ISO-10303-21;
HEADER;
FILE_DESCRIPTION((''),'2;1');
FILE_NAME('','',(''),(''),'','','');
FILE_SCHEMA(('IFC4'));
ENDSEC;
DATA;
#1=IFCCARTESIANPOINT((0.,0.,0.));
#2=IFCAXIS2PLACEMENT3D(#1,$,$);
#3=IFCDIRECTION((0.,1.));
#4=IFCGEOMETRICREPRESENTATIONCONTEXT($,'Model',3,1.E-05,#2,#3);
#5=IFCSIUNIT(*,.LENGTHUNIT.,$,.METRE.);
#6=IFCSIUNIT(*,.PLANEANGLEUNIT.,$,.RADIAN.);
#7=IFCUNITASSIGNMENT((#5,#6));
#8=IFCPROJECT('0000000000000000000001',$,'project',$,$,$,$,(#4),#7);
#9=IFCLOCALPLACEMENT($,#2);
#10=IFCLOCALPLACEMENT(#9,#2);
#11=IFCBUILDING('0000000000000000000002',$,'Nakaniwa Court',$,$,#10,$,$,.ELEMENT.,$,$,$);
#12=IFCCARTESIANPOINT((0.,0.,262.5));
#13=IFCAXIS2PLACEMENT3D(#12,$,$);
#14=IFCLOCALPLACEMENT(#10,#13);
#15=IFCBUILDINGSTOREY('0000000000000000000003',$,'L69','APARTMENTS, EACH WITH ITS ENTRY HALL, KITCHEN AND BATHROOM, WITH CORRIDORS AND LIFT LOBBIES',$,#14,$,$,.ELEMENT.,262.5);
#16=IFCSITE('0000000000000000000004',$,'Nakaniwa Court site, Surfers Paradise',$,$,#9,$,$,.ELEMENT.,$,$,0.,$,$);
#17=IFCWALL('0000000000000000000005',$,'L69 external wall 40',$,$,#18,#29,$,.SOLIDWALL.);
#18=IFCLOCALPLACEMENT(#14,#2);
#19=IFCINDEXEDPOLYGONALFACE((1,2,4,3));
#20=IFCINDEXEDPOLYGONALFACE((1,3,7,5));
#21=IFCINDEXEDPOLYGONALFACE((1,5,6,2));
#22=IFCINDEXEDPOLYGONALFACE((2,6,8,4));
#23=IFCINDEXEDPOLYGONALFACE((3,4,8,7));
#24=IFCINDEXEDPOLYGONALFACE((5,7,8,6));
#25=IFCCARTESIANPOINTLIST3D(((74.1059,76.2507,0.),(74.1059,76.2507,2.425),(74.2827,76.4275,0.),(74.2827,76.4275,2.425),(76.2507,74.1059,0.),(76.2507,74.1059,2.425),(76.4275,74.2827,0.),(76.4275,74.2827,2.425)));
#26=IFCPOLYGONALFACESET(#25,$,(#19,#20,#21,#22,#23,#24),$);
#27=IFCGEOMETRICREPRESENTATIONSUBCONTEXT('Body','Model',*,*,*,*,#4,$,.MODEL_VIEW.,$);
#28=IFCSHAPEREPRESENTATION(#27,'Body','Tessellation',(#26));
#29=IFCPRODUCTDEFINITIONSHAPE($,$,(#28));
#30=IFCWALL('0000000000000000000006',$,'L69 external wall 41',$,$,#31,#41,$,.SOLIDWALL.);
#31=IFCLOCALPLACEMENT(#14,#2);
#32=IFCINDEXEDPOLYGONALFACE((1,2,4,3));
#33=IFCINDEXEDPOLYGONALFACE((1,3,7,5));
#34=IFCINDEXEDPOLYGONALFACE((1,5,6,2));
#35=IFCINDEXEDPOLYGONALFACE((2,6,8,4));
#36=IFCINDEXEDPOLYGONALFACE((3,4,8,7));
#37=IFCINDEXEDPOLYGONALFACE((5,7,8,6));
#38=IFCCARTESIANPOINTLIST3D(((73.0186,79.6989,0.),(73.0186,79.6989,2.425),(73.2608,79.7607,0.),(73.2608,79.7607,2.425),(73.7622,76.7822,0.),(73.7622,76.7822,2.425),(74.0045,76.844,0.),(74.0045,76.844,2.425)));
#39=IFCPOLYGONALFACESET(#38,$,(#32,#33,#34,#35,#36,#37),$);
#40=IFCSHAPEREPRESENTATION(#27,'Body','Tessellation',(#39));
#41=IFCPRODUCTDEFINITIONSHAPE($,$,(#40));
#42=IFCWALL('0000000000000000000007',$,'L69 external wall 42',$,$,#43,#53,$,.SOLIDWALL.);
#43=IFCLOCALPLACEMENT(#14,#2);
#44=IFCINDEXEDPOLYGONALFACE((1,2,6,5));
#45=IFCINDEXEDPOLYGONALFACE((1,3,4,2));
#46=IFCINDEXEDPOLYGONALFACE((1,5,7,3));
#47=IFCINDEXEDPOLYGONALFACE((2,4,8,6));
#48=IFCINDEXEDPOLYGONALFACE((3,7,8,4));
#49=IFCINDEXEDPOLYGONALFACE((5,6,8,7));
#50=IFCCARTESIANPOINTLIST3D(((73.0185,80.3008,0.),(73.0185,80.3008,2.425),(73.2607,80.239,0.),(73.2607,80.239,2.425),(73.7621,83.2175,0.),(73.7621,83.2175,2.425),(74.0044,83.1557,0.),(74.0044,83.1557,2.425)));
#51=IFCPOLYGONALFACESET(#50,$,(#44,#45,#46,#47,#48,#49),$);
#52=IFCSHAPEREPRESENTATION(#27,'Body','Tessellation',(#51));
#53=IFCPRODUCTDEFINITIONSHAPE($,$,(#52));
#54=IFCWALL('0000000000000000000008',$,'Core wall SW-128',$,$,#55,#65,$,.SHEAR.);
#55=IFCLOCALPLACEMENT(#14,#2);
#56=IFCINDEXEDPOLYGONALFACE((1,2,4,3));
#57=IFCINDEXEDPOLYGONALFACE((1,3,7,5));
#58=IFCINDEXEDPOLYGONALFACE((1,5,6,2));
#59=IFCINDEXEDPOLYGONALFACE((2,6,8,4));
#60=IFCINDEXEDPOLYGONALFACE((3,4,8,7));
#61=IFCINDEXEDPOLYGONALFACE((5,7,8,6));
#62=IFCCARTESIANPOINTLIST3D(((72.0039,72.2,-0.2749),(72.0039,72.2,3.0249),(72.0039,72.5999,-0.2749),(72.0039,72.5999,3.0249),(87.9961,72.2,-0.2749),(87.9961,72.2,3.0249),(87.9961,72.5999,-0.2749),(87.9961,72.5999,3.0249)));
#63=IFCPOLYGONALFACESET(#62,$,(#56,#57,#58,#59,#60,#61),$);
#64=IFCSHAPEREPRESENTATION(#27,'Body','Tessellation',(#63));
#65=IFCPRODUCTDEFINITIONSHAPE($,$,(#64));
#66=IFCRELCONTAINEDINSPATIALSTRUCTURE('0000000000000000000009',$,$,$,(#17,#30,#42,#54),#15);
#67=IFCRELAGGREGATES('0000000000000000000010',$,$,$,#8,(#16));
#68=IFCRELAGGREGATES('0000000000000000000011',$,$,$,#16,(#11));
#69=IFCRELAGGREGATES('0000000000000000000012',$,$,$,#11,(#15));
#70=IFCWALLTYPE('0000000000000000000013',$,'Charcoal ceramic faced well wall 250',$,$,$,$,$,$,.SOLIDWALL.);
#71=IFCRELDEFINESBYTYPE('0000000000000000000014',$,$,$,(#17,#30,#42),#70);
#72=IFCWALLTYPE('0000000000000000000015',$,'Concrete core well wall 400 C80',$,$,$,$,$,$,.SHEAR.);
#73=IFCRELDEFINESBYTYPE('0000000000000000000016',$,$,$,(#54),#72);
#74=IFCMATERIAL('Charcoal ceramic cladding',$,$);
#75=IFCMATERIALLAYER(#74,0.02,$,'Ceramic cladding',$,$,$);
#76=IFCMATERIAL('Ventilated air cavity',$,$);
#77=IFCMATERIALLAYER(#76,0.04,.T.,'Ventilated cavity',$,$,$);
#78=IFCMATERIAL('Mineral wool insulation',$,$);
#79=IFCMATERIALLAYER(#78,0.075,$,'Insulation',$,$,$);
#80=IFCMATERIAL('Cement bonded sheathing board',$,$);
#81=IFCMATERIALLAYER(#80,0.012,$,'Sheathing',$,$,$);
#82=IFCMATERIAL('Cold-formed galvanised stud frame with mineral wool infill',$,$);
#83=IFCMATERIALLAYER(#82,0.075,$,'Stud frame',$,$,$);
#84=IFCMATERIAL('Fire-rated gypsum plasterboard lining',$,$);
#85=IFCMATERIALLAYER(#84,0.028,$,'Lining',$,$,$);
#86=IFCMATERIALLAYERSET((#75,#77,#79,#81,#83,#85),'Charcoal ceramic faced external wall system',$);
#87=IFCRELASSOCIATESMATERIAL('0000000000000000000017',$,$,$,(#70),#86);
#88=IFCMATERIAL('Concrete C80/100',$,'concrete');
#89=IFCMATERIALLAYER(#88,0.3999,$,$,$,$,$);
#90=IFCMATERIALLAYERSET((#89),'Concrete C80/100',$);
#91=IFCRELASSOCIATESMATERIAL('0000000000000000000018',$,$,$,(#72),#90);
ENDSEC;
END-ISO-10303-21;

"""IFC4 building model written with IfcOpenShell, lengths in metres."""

from ifc_helpers import new_model, si_unit, direction, frame, frame_2d, origin, place, context, subcontext, project, spatial, rectangle, extrude, material, layer, layer_set, type_object, element, save


model = new_model("IFC4")

# Units and contexts
model_context = context("Model", 3, precision=1e-05, world=origin(), true_north=direction((0.0, 1.0)))
body_context = subcontext(model_context, "Body", "Model", "MODEL_VIEW")
ifc_project = project(units=[si_unit("LENGTHUNIT", "METRE"), si_unit("PLANEANGLEUNIT", "RADIAN")], contexts=[model_context])

# Site, building, storey
site_placement = place(None, origin())
site = spatial("IfcSite", under=ifc_project, at=site_placement, Name="Nakaniwa Court site, Surfers Paradise", CompositionType="ELEMENT", RefElevation=0.0)
building_placement = place(site_placement, origin())
building = spatial("IfcBuilding", under=site, at=building_placement, Name="Nakaniwa Court", CompositionType="ELEMENT")
storey_placement = place(building_placement, frame((0.0, 0.0, 262.5)))
storey = spatial("IfcBuildingStorey", under=building, at=storey_placement, Name="L69", Description="APARTMENTS, EACH WITH ITS ENTRY HALL, KITCHEN AND BATHROOM, WITH CORRIDORS AND LIFT LOBBIES", CompositionType="ELEMENT", Elevation=262.5)

# Shared definitions
ifc_material_1 = material(Name="Concrete C80/100", Category="concrete")

# Walls
ifc_material_2 = material(Name="Charcoal ceramic cladding")
ifc_layer_1 = layer(ifc_material_2, 0.02, Name="Ceramic cladding")
ifc_material_3 = material(Name="Ventilated air cavity")
ifc_layer_2 = layer(ifc_material_3, 0.04, ventilated=True, Name="Ventilated cavity")
ifc_material_4 = material(Name="Mineral wool insulation")
ifc_layer_3 = layer(ifc_material_4, 0.075, Name="Insulation")
ifc_material_5 = material(Name="Cement bonded sheathing board")
ifc_layer_4 = layer(ifc_material_5, 0.012, Name="Sheathing")
ifc_material_6 = material(Name="Cold-formed galvanised stud frame with mineral wool infill")
ifc_layer_5 = layer(ifc_material_6, 0.075, Name="Stud frame")
ifc_material_7 = material(Name="Fire-rated gypsum plasterboard lining")
ifc_layer_6 = layer(ifc_material_7, 0.028, Name="Lining")
ifc_layer_set_1 = layer_set([ifc_layer_1, ifc_layer_2, ifc_layer_3, ifc_layer_4, ifc_layer_5, ifc_layer_6], Name="Charcoal ceramic faced external wall system")
wall_type_1 = type_object("IfcWallType", Name="Charcoal ceramic faced well wall 250", PredefinedType="SOLIDWALL", material=ifc_layer_set_1)
wall_1_placement = place(storey_placement, frame((76.3391, 74.1943, 0.0), z_axis=(0.0, 0.0, 1.0), x_axis=(-0.707107, 0.707107, 0.0)))
element("IfcWall", 1, at=wall_1_placement, inside=storey, type_object=wall_type_1, Name="L69 external wall 40", PredefinedType="SOLIDWALL", context=body_context, shape_type="SweptSolid", body=[
    extrude(rectangle(XDim=3.0332, YDim=0.25, at=frame_2d((1.5166, 0.0))), origin(), (0.0, 0.0, 1.0), 2.425),
])
for number, where, z_axis, x_axis, name in (
    (2, (73.8833, 76.8132, 0.0), (0.0, 0.0, 1.0), (-0.247056, 0.969001, 0.0), "L69 external wall 41"),
    (3, (73.1396, 80.27, 0.0), (0.0, 0.0, 1.0), (0.247056, 0.969001, 0.0), "L69 external wall 42"),
):
    element("IfcWall", number, at=place(storey_placement, frame(where, z_axis=z_axis, x_axis=x_axis)), inside=storey, type_object=wall_type_1, Name=name, PredefinedType="SOLIDWALL", context=body_context, shape_type="SweptSolid", body=[
        extrude(rectangle(XDim=3.01, YDim=0.25, at=frame_2d((1.5049, 0.0))), origin(), (0.0, 0.0, 1.0), 2.425),
    ])
ifc_layer_7 = layer(ifc_material_1, 0.3999)
ifc_layer_set_2 = layer_set([ifc_layer_7], Name="Concrete C80/100")
wall_type_2 = type_object("IfcWallType", Name="Concrete core well wall 400 C80", PredefinedType="SHEAR", material=ifc_layer_set_2)
wall_2_placement = place(storey_placement, frame((72.0039, 72.3999, -0.2749), z_axis=(0.0, 0.0, 1.0), x_axis=(1.0, 0.0, 0.0)))
element("IfcWall", 4, at=wall_2_placement, inside=storey, type_object=wall_type_2, Name="Core wall SW-128", PredefinedType="SHEAR", context=body_context, shape_type="SweptSolid", body=[
    extrude(rectangle(XDim=15.9922, YDim=0.3999, at=frame_2d((7.9961, 0.0))), origin(), (0.0, 0.0, 1.0), 3.2998),
])

save(model, "model.ifc")
